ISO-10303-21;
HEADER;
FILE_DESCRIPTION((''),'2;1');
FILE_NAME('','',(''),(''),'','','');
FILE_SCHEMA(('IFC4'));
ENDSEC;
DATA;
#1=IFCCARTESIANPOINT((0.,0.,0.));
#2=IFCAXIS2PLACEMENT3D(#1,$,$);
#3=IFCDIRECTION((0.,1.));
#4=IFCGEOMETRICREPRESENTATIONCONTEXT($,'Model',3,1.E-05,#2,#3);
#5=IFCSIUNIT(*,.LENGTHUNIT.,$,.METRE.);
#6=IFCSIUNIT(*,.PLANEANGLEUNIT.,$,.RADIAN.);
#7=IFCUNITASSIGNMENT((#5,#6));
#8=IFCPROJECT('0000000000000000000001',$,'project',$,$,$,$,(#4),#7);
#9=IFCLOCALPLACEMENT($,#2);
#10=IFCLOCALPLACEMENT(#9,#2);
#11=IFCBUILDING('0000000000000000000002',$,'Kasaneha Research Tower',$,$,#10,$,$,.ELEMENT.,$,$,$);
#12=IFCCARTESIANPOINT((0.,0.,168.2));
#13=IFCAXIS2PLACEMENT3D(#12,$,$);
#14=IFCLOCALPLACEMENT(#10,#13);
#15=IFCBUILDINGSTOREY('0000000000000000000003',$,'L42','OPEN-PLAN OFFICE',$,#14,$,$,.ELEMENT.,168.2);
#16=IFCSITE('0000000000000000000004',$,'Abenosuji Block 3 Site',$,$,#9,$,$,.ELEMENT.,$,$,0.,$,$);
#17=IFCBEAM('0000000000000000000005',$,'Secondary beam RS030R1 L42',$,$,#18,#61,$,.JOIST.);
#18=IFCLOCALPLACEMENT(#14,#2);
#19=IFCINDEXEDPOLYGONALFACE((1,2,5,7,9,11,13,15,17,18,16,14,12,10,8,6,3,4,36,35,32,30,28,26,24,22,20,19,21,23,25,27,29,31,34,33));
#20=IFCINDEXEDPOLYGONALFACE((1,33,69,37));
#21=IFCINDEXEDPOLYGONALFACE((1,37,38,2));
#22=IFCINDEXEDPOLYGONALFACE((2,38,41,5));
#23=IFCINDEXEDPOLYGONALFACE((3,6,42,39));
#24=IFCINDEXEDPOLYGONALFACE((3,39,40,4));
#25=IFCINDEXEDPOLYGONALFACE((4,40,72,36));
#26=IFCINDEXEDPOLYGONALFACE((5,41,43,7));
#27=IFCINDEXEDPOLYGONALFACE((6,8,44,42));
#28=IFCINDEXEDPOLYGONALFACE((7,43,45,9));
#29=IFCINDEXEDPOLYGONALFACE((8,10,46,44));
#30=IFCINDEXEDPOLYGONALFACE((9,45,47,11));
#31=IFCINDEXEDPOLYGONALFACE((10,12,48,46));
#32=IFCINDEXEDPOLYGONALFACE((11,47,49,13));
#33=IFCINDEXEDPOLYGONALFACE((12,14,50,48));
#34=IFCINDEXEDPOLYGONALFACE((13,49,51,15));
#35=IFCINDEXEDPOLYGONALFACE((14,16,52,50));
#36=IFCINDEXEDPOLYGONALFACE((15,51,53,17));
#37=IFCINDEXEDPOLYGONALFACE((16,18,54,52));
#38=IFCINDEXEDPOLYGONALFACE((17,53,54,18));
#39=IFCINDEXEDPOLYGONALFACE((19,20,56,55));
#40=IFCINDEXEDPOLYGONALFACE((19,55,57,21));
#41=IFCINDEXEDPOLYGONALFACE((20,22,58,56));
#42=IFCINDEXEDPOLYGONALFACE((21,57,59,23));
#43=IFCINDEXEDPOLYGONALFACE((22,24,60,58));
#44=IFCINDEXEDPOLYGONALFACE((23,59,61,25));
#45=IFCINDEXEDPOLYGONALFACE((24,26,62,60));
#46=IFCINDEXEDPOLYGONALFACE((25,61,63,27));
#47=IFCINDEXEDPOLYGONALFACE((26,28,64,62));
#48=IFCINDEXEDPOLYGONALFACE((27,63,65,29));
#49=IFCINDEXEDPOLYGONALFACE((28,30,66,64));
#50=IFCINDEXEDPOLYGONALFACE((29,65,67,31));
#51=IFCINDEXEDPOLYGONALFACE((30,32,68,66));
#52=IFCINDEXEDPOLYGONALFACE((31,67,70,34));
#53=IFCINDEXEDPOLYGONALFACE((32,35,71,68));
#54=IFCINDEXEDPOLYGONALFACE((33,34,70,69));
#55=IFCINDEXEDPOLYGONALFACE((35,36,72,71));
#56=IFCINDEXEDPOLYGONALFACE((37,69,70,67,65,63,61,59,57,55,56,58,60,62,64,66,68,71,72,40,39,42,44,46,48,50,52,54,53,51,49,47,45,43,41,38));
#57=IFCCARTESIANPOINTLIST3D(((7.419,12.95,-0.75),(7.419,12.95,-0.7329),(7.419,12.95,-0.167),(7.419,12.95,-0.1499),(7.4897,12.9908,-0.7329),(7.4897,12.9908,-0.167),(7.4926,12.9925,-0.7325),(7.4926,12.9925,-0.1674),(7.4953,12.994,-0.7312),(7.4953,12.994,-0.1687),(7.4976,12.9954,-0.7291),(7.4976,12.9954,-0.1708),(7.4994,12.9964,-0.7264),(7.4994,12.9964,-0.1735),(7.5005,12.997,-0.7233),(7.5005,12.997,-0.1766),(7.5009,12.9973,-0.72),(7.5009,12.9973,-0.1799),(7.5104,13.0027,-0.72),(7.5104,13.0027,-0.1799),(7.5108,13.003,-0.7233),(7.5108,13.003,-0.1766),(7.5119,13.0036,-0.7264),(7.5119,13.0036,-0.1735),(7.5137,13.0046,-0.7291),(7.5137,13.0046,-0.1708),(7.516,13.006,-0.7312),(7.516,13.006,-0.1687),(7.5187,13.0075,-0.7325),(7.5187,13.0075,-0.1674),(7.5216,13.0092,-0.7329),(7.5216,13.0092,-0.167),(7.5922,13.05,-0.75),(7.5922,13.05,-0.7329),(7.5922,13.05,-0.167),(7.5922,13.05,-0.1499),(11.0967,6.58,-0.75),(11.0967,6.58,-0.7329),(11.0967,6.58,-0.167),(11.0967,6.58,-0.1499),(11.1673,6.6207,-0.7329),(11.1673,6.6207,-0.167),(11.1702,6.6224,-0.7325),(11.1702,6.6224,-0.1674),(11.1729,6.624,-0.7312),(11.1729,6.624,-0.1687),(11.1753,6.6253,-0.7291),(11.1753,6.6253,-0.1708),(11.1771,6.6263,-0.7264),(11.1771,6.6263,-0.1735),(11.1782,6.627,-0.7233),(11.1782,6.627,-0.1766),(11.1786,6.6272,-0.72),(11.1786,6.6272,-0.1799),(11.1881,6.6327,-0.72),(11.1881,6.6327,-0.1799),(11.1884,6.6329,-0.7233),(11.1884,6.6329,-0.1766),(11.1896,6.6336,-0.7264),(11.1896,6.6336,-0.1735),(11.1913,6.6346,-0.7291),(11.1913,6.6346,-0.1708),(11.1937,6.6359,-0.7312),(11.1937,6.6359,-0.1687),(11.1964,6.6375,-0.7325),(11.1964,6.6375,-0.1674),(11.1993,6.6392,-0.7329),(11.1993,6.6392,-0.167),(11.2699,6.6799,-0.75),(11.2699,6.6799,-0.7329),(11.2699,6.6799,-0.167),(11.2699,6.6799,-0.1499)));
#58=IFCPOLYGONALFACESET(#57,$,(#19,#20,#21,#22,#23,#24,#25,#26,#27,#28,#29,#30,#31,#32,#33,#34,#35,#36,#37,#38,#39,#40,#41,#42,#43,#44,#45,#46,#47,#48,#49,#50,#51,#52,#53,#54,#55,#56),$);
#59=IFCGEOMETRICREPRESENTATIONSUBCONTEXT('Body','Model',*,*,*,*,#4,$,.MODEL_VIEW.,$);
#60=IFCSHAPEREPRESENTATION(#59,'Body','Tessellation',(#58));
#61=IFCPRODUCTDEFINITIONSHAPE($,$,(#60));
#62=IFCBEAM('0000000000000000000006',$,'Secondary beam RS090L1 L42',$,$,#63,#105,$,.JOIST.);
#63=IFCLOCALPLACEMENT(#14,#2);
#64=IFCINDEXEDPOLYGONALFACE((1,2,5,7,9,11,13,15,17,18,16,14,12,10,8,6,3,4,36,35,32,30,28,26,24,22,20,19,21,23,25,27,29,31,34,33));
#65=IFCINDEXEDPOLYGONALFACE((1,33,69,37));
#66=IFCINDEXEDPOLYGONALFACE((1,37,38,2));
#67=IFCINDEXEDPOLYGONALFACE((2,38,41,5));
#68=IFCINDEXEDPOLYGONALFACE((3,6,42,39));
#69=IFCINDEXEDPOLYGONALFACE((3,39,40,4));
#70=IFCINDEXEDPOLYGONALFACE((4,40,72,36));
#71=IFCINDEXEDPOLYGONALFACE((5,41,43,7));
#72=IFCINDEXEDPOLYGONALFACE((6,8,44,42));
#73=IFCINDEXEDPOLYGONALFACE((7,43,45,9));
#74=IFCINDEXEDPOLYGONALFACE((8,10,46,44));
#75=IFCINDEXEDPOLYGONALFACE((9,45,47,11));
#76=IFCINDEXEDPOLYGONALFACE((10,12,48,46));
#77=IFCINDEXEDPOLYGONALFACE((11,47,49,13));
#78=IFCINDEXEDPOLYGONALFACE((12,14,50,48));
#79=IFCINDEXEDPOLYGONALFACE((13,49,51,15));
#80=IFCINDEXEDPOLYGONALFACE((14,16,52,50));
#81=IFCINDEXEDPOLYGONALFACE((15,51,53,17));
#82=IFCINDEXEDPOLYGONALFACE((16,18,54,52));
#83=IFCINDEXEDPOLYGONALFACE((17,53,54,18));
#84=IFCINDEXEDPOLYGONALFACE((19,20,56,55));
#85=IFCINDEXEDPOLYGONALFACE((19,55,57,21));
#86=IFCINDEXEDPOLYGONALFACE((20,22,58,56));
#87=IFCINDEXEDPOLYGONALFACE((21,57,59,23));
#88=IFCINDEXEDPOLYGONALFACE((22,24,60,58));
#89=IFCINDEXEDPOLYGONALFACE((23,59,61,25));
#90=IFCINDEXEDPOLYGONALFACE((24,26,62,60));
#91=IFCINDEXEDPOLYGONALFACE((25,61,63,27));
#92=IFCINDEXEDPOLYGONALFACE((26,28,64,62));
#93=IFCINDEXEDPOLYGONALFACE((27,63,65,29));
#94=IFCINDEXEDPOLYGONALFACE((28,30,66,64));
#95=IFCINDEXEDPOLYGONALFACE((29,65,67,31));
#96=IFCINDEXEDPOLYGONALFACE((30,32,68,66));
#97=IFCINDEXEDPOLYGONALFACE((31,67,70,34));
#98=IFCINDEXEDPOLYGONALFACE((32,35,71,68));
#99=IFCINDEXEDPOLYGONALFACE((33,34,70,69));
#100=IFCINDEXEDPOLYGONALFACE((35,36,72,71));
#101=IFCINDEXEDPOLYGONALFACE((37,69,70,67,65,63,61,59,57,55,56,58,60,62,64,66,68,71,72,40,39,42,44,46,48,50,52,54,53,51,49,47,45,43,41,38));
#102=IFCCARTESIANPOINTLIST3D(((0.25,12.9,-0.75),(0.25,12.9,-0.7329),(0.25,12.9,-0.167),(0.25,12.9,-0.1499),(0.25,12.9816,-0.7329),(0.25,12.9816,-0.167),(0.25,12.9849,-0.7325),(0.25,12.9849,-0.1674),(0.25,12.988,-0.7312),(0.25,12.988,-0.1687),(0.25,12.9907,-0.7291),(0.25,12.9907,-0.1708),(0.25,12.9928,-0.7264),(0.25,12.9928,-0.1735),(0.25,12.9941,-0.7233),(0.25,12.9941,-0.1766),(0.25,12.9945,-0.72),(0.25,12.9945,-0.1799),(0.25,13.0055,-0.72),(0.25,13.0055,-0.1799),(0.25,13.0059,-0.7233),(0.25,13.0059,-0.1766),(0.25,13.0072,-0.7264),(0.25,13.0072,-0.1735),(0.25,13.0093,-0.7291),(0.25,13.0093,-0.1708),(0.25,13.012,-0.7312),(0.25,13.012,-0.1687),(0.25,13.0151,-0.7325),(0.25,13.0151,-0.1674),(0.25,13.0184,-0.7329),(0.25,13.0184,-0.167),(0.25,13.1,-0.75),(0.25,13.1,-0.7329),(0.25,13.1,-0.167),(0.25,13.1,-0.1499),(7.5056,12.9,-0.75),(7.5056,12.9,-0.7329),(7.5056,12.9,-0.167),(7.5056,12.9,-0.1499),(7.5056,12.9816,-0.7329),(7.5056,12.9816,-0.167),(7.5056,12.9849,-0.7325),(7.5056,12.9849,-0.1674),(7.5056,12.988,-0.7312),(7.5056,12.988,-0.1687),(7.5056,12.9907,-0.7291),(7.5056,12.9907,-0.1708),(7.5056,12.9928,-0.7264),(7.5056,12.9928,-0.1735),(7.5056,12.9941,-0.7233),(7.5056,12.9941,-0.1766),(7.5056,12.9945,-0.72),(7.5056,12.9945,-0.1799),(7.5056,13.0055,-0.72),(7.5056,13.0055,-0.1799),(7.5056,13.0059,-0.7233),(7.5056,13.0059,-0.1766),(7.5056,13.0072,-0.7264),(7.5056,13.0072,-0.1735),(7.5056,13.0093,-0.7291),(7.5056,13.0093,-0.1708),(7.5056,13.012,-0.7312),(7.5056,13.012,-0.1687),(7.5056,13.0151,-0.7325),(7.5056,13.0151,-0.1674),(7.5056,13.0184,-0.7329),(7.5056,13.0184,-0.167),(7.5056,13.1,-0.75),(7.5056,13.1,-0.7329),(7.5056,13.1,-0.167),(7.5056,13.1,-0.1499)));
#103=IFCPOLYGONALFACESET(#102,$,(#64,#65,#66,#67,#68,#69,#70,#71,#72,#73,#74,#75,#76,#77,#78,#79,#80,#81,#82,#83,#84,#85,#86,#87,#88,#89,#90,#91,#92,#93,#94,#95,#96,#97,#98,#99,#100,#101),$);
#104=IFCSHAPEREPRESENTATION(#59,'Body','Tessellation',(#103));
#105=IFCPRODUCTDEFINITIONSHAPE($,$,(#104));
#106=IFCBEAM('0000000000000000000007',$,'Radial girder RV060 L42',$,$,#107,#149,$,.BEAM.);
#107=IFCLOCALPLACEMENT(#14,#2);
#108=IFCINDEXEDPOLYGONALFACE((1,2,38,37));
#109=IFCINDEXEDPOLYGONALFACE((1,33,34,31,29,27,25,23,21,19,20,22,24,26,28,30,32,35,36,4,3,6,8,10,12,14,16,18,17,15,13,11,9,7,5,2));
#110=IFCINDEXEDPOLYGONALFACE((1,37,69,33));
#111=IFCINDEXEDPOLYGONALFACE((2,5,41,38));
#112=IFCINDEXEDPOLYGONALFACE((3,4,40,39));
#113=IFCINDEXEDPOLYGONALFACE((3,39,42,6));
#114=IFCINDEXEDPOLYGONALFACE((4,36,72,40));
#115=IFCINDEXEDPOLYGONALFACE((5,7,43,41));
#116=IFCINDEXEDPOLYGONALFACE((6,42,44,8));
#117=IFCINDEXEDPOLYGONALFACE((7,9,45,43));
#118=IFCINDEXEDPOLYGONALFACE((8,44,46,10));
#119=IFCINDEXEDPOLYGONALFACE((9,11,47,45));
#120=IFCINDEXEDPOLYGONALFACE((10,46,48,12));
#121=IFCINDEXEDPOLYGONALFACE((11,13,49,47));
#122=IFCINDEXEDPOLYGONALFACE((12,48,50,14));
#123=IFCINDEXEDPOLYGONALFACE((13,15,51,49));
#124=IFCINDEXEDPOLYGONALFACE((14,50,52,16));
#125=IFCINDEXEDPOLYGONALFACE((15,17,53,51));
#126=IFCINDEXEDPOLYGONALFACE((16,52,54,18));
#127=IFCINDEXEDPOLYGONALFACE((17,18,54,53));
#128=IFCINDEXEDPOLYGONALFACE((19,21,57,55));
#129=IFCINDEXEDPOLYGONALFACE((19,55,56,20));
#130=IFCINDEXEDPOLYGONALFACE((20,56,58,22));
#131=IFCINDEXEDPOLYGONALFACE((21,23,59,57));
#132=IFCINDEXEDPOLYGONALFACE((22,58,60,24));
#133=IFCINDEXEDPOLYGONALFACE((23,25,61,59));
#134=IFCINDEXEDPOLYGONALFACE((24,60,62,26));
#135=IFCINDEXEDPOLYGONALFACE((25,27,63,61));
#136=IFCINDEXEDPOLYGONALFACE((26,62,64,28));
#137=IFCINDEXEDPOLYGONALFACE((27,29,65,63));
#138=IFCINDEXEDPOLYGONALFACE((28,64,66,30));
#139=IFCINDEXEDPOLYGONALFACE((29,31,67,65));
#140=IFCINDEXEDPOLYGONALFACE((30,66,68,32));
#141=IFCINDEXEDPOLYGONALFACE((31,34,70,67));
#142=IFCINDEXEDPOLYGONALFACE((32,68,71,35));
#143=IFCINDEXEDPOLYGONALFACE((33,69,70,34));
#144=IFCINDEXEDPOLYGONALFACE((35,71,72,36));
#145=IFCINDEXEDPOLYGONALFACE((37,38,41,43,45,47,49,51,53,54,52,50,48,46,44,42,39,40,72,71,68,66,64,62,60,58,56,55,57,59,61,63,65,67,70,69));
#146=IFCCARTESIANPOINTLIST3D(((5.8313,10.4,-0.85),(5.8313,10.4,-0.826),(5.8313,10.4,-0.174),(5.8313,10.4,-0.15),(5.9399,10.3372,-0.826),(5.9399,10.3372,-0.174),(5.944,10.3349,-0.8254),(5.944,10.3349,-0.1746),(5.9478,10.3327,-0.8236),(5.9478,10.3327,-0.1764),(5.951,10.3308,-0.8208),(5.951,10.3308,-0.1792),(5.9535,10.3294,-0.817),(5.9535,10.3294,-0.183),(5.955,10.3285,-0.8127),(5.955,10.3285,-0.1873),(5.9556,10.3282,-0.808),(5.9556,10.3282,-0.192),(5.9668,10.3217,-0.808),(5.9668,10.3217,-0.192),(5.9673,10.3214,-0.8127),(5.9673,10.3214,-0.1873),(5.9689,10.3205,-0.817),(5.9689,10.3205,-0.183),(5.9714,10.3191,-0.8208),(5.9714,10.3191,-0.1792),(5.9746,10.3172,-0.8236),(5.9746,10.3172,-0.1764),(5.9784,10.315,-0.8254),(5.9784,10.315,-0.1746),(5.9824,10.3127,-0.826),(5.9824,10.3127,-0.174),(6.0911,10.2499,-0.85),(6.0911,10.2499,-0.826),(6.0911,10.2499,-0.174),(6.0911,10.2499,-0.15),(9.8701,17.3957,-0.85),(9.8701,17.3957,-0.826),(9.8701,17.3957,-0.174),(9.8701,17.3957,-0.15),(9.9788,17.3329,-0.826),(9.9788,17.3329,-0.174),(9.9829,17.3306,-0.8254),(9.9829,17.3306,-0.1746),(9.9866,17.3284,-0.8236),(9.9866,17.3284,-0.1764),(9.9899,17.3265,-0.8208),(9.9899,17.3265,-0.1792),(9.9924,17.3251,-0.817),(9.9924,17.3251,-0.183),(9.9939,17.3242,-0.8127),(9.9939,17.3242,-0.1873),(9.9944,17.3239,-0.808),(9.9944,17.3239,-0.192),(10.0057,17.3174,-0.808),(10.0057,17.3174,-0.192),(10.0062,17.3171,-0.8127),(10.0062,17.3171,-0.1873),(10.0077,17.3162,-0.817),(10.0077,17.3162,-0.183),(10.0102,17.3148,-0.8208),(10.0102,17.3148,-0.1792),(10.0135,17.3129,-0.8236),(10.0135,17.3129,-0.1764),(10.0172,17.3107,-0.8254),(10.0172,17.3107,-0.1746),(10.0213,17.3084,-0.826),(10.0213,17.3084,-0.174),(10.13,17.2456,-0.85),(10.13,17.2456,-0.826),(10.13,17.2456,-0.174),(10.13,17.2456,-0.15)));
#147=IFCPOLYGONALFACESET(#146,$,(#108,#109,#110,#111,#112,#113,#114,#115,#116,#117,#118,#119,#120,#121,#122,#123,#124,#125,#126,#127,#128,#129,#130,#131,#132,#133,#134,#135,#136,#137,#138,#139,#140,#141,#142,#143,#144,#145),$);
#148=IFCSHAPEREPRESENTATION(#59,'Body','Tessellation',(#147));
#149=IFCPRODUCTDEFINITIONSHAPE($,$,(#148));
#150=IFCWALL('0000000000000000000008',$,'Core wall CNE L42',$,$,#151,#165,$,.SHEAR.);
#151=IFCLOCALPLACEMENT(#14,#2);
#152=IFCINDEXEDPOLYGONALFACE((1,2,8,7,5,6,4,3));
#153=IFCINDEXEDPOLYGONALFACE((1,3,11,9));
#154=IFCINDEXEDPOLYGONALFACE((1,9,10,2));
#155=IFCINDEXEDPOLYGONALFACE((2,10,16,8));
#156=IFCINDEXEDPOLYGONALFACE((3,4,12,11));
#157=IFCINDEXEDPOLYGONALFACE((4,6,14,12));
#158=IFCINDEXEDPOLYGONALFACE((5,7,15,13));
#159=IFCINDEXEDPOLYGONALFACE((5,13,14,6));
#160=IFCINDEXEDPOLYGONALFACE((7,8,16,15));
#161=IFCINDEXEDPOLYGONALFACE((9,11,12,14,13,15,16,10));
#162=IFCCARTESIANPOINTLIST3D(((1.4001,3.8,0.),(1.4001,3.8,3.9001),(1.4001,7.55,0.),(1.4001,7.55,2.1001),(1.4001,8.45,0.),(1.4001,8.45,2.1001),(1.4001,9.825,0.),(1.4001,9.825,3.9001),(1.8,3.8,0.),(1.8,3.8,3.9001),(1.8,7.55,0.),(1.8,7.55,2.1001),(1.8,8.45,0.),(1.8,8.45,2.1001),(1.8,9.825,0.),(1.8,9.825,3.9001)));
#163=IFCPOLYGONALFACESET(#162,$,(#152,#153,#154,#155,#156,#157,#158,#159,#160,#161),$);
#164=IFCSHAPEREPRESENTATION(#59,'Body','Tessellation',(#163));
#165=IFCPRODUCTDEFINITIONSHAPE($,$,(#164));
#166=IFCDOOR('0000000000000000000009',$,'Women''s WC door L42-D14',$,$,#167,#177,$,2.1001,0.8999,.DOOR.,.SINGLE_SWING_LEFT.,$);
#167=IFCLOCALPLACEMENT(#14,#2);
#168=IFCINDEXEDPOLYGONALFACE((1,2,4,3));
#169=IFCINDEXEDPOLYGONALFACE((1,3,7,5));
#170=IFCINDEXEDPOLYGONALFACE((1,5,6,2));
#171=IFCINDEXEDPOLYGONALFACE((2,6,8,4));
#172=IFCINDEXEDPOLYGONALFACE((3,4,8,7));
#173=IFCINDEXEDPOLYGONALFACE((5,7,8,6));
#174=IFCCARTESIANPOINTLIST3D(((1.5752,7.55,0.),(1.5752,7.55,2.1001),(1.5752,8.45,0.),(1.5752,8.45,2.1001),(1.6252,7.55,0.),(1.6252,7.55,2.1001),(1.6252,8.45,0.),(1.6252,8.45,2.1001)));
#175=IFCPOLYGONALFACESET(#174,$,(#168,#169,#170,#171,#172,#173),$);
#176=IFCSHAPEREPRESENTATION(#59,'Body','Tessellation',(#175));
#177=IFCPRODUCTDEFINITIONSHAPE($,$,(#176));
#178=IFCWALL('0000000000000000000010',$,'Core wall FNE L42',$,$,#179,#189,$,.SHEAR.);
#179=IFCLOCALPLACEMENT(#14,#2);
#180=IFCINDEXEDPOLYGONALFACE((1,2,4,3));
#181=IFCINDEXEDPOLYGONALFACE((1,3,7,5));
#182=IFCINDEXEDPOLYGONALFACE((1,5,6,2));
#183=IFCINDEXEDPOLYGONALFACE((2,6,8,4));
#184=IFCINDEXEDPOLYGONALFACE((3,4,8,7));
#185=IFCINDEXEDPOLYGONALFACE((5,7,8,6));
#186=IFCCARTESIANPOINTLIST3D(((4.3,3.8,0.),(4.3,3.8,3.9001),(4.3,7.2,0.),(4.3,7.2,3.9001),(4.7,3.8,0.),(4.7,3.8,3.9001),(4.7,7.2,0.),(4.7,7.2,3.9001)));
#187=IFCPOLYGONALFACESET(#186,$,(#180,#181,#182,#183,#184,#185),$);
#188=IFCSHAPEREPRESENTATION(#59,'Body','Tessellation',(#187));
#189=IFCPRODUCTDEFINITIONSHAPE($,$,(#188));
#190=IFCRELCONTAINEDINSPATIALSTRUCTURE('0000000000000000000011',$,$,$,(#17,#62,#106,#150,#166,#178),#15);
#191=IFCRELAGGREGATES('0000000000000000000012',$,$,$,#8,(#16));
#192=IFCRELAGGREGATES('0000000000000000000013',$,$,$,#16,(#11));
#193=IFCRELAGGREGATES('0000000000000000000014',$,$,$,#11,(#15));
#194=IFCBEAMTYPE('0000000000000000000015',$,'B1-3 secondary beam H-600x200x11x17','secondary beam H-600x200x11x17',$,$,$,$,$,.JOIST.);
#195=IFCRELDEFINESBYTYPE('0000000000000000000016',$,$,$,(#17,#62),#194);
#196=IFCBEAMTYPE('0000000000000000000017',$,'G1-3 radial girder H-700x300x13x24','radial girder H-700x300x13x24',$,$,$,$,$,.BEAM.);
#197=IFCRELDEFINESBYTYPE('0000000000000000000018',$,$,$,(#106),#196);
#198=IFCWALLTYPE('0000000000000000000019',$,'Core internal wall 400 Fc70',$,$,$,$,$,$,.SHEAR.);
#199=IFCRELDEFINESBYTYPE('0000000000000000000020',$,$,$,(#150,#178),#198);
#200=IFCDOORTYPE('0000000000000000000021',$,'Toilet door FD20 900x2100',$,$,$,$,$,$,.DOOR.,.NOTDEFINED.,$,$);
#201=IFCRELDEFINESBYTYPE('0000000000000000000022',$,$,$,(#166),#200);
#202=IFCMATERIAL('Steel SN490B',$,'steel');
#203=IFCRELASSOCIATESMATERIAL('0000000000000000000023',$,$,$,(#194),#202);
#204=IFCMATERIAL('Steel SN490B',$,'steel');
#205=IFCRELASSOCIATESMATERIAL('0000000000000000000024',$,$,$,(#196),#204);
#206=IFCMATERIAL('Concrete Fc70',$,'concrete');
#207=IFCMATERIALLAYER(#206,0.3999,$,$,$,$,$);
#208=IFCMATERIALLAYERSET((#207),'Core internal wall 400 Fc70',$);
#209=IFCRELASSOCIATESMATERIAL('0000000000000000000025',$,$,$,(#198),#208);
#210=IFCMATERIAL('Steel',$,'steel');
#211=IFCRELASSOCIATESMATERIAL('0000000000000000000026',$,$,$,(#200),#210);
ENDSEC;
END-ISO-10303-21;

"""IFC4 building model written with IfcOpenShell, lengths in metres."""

from ifc_helpers import new_model, si_unit, direction, frame, frame_2d, origin, origin_2d, place, context, subcontext, project, spatial, rectangle, i_section, extrude, material, layer, layer_set, material_profile, profile_set, type_object, element, fill, save


model = new_model("IFC4")

# Units and contexts
model_context = context("Model", 3, precision=1e-05, world=origin(), true_north=direction((0.0, 1.0)))
body_context = subcontext(model_context, "Body", "Model", "MODEL_VIEW")
ifc_project = project(units=[si_unit("LENGTHUNIT", "METRE"), si_unit("PLANEANGLEUNIT", "RADIAN")], contexts=[model_context])

# Site, building, storey
site_placement = place(None, origin())
site = spatial("IfcSite", under=ifc_project, at=site_placement, Name="Abenosuji Block 3 Site", CompositionType="ELEMENT", RefElevation=0.0)
building_placement = place(site_placement, origin())
building = spatial("IfcBuilding", under=site, at=building_placement, Name="Kasaneha Research Tower", CompositionType="ELEMENT")
storey_placement = place(building_placement, frame((0.0, 0.0, 168.2)))
storey = spatial("IfcBuildingStorey", under=building, at=storey_placement, Name="L42", Description="OPEN-PLAN OFFICE", CompositionType="ELEMENT", Elevation=168.2)

# Beams
ifc_material_1 = material(Name="Steel SN490B", Category="steel")
ifc_material_profile_1 = material_profile(ifc_material_1, i_section(OverallWidth=0.2, OverallDepth=0.6001, WebThickness=0.011, FlangeThickness=0.0171, FilletRadius=0.0129, at=origin_2d()), Name="H-600x200x11x17")
ifc_profile_set_1 = profile_set([ifc_material_profile_1], Name="Steel SN490B")
beam_type_1 = type_object("IfcBeamType", Name="B1-3 secondary beam H-600x200x11x17", Description="secondary beam H-600x200x11x17", PredefinedType="JOIST", material=ifc_profile_set_1)
beam_1_placement = place(storey_placement, frame((7.5056, 13.0, -0.45), z_axis=(0.499994, -0.866029, 0.0), x_axis=(0.866029, 0.499994, 0.0)))
element("IfcBeam", 1, at=beam_1_placement, inside=storey, type_object=beam_type_1, Name="Secondary beam RS030R1 L42", PredefinedType="JOIST", context=body_context, shape_type="SweptSolid", body=[
    extrude(i_section(OverallWidth=0.2, OverallDepth=0.6001, WebThickness=0.011, FlangeThickness=0.0171, FilletRadius=0.0129, at=origin_2d()), origin(), (0.0, 0.0, 1.0), 7.3555),
])
beam_2_placement = place(storey_placement, frame((7.5056, 13.0, -0.45), z_axis=(-1.0, 0.0, 0.0), x_axis=(0.0, -1.0, 0.0)))
element("IfcBeam", 2, at=beam_2_placement, inside=storey, type_object=beam_type_1, Name="Secondary beam RS090L1 L42", PredefinedType="JOIST", context=body_context, shape_type="SweptSolid", body=[
    extrude(i_section(OverallWidth=0.2, OverallDepth=0.6001, WebThickness=0.011, FlangeThickness=0.0171, FilletRadius=0.0129, at=origin_2d()), origin(), (0.0, 0.0, 1.0), 7.2556),
])
ifc_material_2 = material(Name="Steel SN490B", Category="steel")
ifc_material_profile_2 = material_profile(ifc_material_2, i_section(OverallWidth=0.3, OverallDepth=0.7, WebThickness=0.0129, FlangeThickness=0.0239, FilletRadius=0.0181, at=origin_2d()), Name="H-700x300x13x24")
ifc_profile_set_2 = profile_set([ifc_material_profile_2], Name="Steel SN490B")
beam_type_2 = type_object("IfcBeamType", Name="G1-3 radial girder H-700x300x13x24", Description="radial girder H-700x300x13x24", PredefinedType="BEAM", material=ifc_profile_set_2)
beam_3_placement = place(storey_placement, frame((5.9612, 10.325, -0.5), z_axis=(0.499991, 0.866031, 0.0), x_axis=(-0.866031, 0.499991, 0.0)))
element("IfcBeam", 3, at=beam_3_placement, inside=storey, type_object=beam_type_2, Name="Radial girder RV060 L42", PredefinedType="BEAM", context=body_context, shape_type="SweptSolid", body=[
    extrude(i_section(OverallWidth=0.3, OverallDepth=0.7, WebThickness=0.0129, FlangeThickness=0.0239, FilletRadius=0.0181, at=origin_2d()), origin(), (0.0, 0.0, 1.0), 8.0779),
])

# Wall, opening, door
ifc_material_3 = material(Name="Concrete Fc70", Category="concrete")
ifc_layer_1 = layer(ifc_material_3, 0.3999)
ifc_layer_set_1 = layer_set([ifc_layer_1], Name="Core internal wall 400 Fc70")
wall_type_1 = type_object("IfcWallType", Name="Core internal wall 400 Fc70", PredefinedType="SHEAR", material=ifc_layer_set_1)
wall_1_placement = place(storey_placement, frame((1.6001, 3.8, 0.0), z_axis=(0.0, 0.0, 1.0), x_axis=(0.0, 1.0, 0.0)))
wall_1 = element("IfcWall", 4, at=wall_1_placement, inside=storey, type_object=wall_type_1, Name="Core wall CNE L42", PredefinedType="SHEAR", context=body_context, shape_type="SweptSolid", body=[
    extrude(rectangle(XDim=6.0249, YDim=0.3999, at=frame_2d((3.0125, 0.0))), origin(), (0.0, 0.0, 1.0), 3.9001),
])
opening_1_placement = place(wall_1_placement, frame((3.75, 0.0, 0.0)))
opening_1 = element("IfcOpeningElement", 5, at=opening_1_placement, cuts=wall_1, PredefinedType="OPENING", context=body_context, shape_type="SweptSolid", body=[
    extrude(rectangle(XDim=0.8999, YDim=2.1001, at=frame_2d((0.45, 1.05))), frame((0.0, 0.21, 0.0), z_axis=(0.0, -1.0, 0.0), x_axis=(1.0, 0.0, 0.0)), (0.0, 0.0, 1.0), 0.4199),
])
ifc_material_4 = material(Name="Steel", Category="steel")
door_type_1 = type_object("IfcDoorType", Name="Toilet door FD20 900x2100", OperationType="NOTDEFINED", PredefinedType="DOOR", material=ifc_material_4)
door_1_placement = place(opening_1_placement, origin())
door_1 = element("IfcDoor", 6, at=door_1_placement, inside=storey, type_object=door_type_1, Name="Women's WC door L42-D14", OperationType="SINGLE_SWING_LEFT", OverallHeight=2.1001, OverallWidth=0.8999, PredefinedType="DOOR", context=body_context, shape_type="SweptSolid", body=[
    extrude(rectangle(XDim=0.8999, YDim=2.1001, at=frame_2d((0.45, 1.05))), frame((0.0, 0.0249, 0.0), z_axis=(0.0, -1.0, 0.0), x_axis=(1.0, 0.0, 0.0)), (0.0, 0.0, 1.0), 0.05),
])
fill(opening_1, door_1)

# Wall
wall_2_placement = place(storey_placement, frame((4.5, 3.8, 0.0), z_axis=(0.0, 0.0, 1.0), x_axis=(0.0, 1.0, 0.0)))
element("IfcWall", 7, at=wall_2_placement, inside=storey, type_object=wall_type_1, Name="Core wall FNE L42", PredefinedType="SHEAR", context=body_context, shape_type="SweptSolid", body=[
    extrude(rectangle(XDim=3.3999, YDim=0.3999, at=frame_2d((1.7, 0.0))), origin(), (0.0, 0.0, 1.0), 3.9001),
])

save(model, "model.ifc")
